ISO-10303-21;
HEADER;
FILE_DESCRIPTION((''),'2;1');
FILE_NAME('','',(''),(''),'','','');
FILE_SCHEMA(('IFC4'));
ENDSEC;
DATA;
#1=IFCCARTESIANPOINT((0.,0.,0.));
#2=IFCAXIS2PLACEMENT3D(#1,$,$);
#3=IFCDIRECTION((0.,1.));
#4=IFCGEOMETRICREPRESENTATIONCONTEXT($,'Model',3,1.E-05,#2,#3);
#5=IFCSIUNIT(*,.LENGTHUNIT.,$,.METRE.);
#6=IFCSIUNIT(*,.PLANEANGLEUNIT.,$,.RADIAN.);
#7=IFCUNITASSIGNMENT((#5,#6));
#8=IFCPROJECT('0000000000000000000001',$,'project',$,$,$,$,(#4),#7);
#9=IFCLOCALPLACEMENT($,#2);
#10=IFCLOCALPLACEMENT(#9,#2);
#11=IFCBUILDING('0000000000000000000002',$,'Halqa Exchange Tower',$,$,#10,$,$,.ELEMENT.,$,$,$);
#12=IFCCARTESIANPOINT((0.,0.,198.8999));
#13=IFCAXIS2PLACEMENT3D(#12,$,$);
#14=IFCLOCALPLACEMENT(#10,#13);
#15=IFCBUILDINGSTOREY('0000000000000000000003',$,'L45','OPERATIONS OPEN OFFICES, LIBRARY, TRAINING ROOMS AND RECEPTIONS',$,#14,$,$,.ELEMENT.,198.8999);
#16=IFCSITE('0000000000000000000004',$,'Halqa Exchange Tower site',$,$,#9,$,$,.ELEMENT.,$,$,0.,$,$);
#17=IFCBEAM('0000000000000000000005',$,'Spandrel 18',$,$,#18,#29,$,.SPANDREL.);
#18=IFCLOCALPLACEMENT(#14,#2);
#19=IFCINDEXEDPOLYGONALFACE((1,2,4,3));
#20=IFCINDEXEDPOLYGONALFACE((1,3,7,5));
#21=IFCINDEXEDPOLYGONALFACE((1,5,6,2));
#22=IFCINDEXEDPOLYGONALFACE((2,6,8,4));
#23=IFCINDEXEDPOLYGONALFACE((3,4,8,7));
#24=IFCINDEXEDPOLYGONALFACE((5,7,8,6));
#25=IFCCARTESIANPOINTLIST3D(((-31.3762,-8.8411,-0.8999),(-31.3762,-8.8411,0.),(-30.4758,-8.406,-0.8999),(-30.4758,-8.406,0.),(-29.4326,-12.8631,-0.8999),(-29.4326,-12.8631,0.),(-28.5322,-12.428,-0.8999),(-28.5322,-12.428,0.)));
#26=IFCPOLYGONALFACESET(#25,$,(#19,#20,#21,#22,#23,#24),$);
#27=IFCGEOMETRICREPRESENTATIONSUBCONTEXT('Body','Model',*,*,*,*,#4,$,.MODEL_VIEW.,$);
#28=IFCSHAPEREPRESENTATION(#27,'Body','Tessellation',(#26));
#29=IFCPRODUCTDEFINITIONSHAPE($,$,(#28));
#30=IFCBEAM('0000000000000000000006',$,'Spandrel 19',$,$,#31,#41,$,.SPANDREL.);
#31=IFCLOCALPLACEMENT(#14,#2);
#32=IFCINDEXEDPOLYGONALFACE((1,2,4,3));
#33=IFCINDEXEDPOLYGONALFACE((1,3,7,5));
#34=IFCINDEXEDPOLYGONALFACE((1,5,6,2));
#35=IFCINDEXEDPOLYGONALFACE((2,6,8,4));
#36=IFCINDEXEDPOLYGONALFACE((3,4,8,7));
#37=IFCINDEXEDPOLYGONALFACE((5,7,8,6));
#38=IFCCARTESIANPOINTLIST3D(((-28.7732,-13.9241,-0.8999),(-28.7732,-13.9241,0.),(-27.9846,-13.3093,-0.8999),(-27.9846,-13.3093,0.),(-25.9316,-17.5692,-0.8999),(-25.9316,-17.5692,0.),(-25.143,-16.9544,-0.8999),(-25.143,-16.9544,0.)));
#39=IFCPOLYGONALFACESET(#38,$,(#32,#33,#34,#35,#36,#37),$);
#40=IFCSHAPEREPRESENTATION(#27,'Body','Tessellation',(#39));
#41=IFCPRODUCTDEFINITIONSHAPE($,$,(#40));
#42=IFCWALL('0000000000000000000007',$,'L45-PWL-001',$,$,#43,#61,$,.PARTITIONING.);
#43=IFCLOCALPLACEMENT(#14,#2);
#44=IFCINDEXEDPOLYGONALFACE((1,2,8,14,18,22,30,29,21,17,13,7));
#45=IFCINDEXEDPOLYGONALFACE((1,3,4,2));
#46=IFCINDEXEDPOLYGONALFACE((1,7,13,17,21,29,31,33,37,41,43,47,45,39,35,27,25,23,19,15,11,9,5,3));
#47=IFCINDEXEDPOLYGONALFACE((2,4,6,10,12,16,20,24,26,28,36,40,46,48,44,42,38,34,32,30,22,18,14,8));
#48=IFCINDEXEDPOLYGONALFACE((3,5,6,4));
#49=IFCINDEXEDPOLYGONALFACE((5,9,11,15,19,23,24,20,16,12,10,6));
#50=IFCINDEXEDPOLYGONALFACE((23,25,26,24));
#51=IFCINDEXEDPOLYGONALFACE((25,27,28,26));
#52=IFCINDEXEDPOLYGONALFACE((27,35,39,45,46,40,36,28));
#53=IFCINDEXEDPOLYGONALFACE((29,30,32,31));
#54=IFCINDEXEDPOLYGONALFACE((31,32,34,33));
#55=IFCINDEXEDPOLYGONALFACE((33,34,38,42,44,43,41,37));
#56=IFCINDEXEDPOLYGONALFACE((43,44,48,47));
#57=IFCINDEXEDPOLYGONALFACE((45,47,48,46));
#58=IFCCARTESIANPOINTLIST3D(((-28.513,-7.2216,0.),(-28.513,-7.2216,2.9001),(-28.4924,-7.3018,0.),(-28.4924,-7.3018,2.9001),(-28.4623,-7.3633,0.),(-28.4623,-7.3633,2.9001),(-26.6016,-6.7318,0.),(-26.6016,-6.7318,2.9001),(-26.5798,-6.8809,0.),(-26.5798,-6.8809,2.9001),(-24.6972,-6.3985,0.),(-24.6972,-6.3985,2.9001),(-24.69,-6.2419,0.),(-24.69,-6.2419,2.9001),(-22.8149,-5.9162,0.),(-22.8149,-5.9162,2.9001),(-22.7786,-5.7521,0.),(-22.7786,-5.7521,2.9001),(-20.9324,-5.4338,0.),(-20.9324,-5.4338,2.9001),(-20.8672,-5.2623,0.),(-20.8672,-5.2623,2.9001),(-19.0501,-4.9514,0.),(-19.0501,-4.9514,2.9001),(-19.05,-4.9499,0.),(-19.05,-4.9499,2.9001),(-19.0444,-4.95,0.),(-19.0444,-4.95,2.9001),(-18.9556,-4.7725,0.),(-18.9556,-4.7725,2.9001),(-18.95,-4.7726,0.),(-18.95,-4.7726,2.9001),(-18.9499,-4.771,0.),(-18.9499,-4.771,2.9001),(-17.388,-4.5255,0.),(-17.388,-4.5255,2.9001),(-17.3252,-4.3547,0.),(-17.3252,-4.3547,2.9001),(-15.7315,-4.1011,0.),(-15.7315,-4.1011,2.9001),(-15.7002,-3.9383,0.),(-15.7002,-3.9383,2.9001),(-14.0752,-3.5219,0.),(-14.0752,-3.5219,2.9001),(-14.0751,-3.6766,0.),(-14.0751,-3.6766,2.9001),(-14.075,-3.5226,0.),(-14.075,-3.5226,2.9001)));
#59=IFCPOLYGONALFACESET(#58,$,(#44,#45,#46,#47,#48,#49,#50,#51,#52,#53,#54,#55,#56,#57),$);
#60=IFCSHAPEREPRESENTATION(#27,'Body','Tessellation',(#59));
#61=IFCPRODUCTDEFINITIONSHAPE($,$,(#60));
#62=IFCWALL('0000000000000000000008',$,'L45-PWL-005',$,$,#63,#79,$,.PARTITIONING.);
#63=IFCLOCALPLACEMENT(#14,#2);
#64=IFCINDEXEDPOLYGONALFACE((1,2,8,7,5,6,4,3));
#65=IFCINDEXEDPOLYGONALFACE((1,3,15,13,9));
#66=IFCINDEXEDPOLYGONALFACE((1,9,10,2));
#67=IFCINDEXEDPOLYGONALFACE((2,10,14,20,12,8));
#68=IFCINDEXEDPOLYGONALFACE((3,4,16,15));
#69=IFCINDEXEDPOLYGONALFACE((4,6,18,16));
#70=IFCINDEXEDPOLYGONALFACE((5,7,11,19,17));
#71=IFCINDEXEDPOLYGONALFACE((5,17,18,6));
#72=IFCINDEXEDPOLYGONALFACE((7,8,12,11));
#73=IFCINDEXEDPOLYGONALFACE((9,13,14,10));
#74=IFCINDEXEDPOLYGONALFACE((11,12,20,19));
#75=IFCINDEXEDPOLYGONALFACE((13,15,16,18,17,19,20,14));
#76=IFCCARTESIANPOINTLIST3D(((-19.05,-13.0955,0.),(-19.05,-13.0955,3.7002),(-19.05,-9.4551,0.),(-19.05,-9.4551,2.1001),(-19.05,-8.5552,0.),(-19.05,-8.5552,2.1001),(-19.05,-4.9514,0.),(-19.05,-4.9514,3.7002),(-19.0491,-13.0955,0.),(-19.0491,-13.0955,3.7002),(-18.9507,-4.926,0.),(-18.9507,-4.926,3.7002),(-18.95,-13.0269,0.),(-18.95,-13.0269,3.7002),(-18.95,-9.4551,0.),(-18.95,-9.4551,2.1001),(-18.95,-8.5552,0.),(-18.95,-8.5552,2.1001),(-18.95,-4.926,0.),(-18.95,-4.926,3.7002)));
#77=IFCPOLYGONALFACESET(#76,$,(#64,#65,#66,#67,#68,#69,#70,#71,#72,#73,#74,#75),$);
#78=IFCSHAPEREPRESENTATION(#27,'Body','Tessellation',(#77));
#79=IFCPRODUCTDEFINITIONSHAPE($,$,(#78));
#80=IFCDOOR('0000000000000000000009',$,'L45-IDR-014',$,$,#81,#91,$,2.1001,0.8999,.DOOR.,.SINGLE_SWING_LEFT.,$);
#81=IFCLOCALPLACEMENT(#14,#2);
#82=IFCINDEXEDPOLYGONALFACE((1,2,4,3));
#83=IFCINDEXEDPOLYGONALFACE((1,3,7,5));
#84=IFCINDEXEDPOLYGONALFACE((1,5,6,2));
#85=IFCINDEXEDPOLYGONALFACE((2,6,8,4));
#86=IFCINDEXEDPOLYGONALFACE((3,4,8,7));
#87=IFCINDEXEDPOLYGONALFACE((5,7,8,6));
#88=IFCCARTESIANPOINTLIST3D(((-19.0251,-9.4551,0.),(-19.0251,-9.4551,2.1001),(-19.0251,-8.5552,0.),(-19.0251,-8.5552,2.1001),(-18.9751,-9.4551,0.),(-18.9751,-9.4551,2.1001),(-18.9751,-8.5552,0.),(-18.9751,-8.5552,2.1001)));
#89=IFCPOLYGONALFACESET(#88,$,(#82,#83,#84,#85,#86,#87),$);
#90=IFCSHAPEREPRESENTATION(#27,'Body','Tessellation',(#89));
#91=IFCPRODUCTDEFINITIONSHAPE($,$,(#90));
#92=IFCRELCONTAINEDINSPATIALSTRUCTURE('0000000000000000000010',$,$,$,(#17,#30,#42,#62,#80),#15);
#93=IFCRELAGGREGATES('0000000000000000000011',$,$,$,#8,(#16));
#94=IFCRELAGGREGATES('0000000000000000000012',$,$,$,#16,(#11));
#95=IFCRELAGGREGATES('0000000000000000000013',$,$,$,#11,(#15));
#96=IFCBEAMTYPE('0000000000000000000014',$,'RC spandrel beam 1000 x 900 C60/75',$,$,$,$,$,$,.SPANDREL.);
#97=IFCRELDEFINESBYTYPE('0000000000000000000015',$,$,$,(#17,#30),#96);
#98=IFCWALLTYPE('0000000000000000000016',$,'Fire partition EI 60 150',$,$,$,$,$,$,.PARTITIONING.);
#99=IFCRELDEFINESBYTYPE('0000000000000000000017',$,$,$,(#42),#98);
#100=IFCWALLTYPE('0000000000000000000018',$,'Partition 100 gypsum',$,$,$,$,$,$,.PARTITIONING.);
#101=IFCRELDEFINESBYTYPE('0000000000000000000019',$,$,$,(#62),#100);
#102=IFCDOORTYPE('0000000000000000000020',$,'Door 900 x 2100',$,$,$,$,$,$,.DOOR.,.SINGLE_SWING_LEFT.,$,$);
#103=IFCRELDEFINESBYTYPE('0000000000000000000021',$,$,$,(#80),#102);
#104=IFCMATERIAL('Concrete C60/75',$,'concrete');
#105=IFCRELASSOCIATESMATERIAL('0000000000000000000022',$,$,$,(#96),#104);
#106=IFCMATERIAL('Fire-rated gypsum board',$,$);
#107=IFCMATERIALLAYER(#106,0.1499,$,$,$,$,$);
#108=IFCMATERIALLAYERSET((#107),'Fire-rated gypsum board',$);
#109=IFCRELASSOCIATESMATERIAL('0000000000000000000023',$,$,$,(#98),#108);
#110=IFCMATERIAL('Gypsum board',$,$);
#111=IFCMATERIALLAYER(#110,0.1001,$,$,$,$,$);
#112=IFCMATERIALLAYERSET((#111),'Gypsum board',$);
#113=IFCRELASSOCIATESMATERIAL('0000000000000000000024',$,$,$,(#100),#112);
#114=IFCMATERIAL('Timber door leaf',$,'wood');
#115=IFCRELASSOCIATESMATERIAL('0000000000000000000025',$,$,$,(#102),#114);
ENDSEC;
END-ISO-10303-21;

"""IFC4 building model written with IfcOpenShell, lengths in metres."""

from ifc_helpers import new_model, si_unit, direction, frame, frame_2d, origin, origin_2d, place, context, subcontext, project, spatial, polyline, rectangle, outline, extrude, material, layer, layer_set, material_profile, profile_set, type_object, element, fill, save


model = new_model("IFC4")

# Units and contexts
model_context = context("Model", 3, precision=1e-05, world=origin(), true_north=direction((0.0, 1.0)))
body_context = subcontext(model_context, "Body", "Model", "MODEL_VIEW")
ifc_project = project(units=[si_unit("LENGTHUNIT", "METRE"), si_unit("PLANEANGLEUNIT", "RADIAN")], contexts=[model_context])

# Site, building, storey
site_placement = place(None, origin())
site = spatial("IfcSite", under=ifc_project, at=site_placement, Name="Halqa Exchange Tower site", CompositionType="ELEMENT", RefElevation=0.0)
building_placement = place(site_placement, origin())
building = spatial("IfcBuilding", under=site, at=building_placement, Name="Halqa Exchange Tower", CompositionType="ELEMENT")
storey_placement = place(building_placement, frame((0.0, 0.0, 198.8999)))
storey = spatial("IfcBuildingStorey", under=building, at=storey_placement, Name="L45", Description="OPERATIONS OPEN OFFICES, LIBRARY, TRAINING ROOMS AND RECEPTIONS", CompositionType="ELEMENT", Elevation=198.8999)

# Shared definitions
ifc_material_1 = material(Name="Concrete C60/75", Category="concrete")

# Beams
ifc_material_profile_1 = material_profile(ifc_material_1, rectangle(XDim=1.0, YDim=0.8999, at=origin_2d()), Name="1000 x 900")
ifc_profile_set_1 = profile_set([ifc_material_profile_1], Name="Concrete C60/75")
beam_type_1 = type_object("IfcBeamType", Name="RC spandrel beam 1000 x 900 C60/75", PredefinedType="SPANDREL", material=ifc_profile_set_1)
beam_1_placement = place(storey_placement, frame((-30.926, -8.6235, -0.45), z_axis=(0.435105, -0.90038, 0.0), x_axis=(0.90038, 0.435105, 0.0)))
element("IfcBeam", 1, at=beam_1_placement, inside=storey, type_object=beam_type_1, Name="Spandrel 18", PredefinedType="SPANDREL", context=body_context, shape_type="SweptSolid", body=[
    extrude(rectangle(XDim=1.0, YDim=0.8999, at=origin_2d()), origin(), (0.0, 0.0, 1.0), 4.467),
])
beam_2_placement = place(storey_placement, frame((-28.3789, -13.6167, -0.45), z_axis=(0.614822, -0.788666, 0.0), x_axis=(0.788666, 0.614822, 0.0)))
element("IfcBeam", 2, at=beam_2_placement, inside=storey, type_object=beam_type_1, Name="Spandrel 19", PredefinedType="SPANDREL", context=body_context, shape_type="SweptSolid", body=[
    extrude(rectangle(XDim=1.0, YDim=0.8999, at=origin_2d()), origin(), (0.0, 0.0, 1.0), 4.6218),
])

# Wall
ifc_material_2 = material(Name="Fire-rated gypsum board")
ifc_layer_1 = layer(ifc_material_2, 0.1499)
ifc_layer_set_1 = layer_set([ifc_layer_1], Name="Fire-rated gypsum board")
wall_type_1 = type_object("IfcWallType", Name="Fire partition EI 60 150", PredefinedType="PARTITIONING", material=ifc_layer_set_1)
wall_1_placement = place(storey_placement, frame((-28.4944, -7.2942, 0.0), z_axis=(0.0, 0.0, 1.0), x_axis=(0.968701, 0.248232, 0.0)))
element("IfcWall", 3, at=wall_1_placement, inside=storey, type_object=wall_type_1, Name="L45-PWL-001", PredefinedType="PARTITIONING", context=body_context, shape_type="SweptSolid", body=[
    extrude(outline(polyline([(0.0139, -0.075), (1.9573, -0.075), (3.9006, -0.075), (5.8438, -0.075), (7.7871, -0.075), (9.7302, -0.075), (9.7307, -0.0735), (9.7361, -0.075), (11.446, -0.075), (13.156, -0.075), (14.866, -0.075), (14.9043, 0.0742), (14.9043, 0.075), (13.2268, 0.075), (11.5493, 0.075), (9.8721, 0.075), (9.8716, 0.0735), (9.8662, 0.075), (7.8928, 0.075), (5.9197, 0.075), (3.9465, 0.075), (1.9731, 0.075), (0.0, 0.075), (0.0, -0.0078), (0.0139, -0.075)])), origin(), (0.0, 0.0, 1.0), 2.9001),
])

# Wall, opening, door
ifc_material_3 = material(Name="Gypsum board")
ifc_layer_2 = layer(ifc_material_3, 0.1001)
ifc_layer_set_2 = layer_set([ifc_layer_2], Name="Gypsum board")
wall_type_2 = type_object("IfcWallType", Name="Partition 100 gypsum", PredefinedType="PARTITIONING", material=ifc_layer_set_2)
wall_2_placement = place(storey_placement, frame((-19.0, -13.0955, 0.0), z_axis=(0.0, 0.0, 1.0), x_axis=(0.0, 1.0, 0.0)))
wall_2 = element("IfcWall", 4, at=wall_2_placement, inside=storey, type_object=wall_type_2, Name="L45-PWL-005", PredefinedType="PARTITIONING", context=body_context, shape_type="SweptSolid", body=[
    extrude(outline(polyline([(8.1694, -0.05), (8.1694, -0.0493), (8.144, 0.05), (6.5151, 0.05), (4.8865, 0.05), (3.2576, 0.05), (1.6289, 0.05), (0.0, 0.05), (0.0, 0.0491), (0.0686, -0.05), (1.6887, -0.05), (3.3091, -0.05), (4.9292, -0.05), (6.5493, -0.05), (8.1694, -0.05)])), origin(), (0.0, 0.0, 1.0), 3.7002),
])
opening_1_placement = place(wall_2_placement, frame((3.6404, 0.0, 0.0)))
opening_1 = element("IfcOpeningElement", 5, at=opening_1_placement, cuts=wall_2, PredefinedType="OPENING", context=body_context, shape_type="SweptSolid", body=[
    extrude(rectangle(XDim=0.8999, YDim=2.1001, at=frame_2d((0.45, 1.05))), frame((0.0, 0.062, 0.0), z_axis=(0.0, -1.0, 0.0), x_axis=(1.0, 0.0, 0.0)), (0.0, 0.0, 1.0), 0.124),
])
ifc_material_4 = material(Name="Timber door leaf", Category="wood")
door_type_1 = type_object("IfcDoorType", Name="Door 900 x 2100", OperationType="SINGLE_SWING_LEFT", PredefinedType="DOOR", material=ifc_material_4)
door_1_placement = place(opening_1_placement, frame((0.8999, 0.0, 0.0), z_axis=(0.0, 0.0, 1.0), x_axis=(-1.0, 0.0, 0.0)))
door_1 = element("IfcDoor", 6, at=door_1_placement, inside=storey, type_object=door_type_1, Name="L45-IDR-014", OperationType="SINGLE_SWING_LEFT", OverallHeight=2.1001, OverallWidth=0.8999, PredefinedType="DOOR", context=body_context, shape_type="SweptSolid", body=[
    extrude(rectangle(XDim=0.8999, YDim=2.1001, at=frame_2d((0.45, 1.05))), frame((0.0, 0.0249, 0.0), z_axis=(0.0, -1.0, 0.0), x_axis=(1.0, 0.0, 0.0)), (0.0, 0.0, 1.0), 0.05),
])
fill(opening_1, door_1)

save(model, "model.ifc")
